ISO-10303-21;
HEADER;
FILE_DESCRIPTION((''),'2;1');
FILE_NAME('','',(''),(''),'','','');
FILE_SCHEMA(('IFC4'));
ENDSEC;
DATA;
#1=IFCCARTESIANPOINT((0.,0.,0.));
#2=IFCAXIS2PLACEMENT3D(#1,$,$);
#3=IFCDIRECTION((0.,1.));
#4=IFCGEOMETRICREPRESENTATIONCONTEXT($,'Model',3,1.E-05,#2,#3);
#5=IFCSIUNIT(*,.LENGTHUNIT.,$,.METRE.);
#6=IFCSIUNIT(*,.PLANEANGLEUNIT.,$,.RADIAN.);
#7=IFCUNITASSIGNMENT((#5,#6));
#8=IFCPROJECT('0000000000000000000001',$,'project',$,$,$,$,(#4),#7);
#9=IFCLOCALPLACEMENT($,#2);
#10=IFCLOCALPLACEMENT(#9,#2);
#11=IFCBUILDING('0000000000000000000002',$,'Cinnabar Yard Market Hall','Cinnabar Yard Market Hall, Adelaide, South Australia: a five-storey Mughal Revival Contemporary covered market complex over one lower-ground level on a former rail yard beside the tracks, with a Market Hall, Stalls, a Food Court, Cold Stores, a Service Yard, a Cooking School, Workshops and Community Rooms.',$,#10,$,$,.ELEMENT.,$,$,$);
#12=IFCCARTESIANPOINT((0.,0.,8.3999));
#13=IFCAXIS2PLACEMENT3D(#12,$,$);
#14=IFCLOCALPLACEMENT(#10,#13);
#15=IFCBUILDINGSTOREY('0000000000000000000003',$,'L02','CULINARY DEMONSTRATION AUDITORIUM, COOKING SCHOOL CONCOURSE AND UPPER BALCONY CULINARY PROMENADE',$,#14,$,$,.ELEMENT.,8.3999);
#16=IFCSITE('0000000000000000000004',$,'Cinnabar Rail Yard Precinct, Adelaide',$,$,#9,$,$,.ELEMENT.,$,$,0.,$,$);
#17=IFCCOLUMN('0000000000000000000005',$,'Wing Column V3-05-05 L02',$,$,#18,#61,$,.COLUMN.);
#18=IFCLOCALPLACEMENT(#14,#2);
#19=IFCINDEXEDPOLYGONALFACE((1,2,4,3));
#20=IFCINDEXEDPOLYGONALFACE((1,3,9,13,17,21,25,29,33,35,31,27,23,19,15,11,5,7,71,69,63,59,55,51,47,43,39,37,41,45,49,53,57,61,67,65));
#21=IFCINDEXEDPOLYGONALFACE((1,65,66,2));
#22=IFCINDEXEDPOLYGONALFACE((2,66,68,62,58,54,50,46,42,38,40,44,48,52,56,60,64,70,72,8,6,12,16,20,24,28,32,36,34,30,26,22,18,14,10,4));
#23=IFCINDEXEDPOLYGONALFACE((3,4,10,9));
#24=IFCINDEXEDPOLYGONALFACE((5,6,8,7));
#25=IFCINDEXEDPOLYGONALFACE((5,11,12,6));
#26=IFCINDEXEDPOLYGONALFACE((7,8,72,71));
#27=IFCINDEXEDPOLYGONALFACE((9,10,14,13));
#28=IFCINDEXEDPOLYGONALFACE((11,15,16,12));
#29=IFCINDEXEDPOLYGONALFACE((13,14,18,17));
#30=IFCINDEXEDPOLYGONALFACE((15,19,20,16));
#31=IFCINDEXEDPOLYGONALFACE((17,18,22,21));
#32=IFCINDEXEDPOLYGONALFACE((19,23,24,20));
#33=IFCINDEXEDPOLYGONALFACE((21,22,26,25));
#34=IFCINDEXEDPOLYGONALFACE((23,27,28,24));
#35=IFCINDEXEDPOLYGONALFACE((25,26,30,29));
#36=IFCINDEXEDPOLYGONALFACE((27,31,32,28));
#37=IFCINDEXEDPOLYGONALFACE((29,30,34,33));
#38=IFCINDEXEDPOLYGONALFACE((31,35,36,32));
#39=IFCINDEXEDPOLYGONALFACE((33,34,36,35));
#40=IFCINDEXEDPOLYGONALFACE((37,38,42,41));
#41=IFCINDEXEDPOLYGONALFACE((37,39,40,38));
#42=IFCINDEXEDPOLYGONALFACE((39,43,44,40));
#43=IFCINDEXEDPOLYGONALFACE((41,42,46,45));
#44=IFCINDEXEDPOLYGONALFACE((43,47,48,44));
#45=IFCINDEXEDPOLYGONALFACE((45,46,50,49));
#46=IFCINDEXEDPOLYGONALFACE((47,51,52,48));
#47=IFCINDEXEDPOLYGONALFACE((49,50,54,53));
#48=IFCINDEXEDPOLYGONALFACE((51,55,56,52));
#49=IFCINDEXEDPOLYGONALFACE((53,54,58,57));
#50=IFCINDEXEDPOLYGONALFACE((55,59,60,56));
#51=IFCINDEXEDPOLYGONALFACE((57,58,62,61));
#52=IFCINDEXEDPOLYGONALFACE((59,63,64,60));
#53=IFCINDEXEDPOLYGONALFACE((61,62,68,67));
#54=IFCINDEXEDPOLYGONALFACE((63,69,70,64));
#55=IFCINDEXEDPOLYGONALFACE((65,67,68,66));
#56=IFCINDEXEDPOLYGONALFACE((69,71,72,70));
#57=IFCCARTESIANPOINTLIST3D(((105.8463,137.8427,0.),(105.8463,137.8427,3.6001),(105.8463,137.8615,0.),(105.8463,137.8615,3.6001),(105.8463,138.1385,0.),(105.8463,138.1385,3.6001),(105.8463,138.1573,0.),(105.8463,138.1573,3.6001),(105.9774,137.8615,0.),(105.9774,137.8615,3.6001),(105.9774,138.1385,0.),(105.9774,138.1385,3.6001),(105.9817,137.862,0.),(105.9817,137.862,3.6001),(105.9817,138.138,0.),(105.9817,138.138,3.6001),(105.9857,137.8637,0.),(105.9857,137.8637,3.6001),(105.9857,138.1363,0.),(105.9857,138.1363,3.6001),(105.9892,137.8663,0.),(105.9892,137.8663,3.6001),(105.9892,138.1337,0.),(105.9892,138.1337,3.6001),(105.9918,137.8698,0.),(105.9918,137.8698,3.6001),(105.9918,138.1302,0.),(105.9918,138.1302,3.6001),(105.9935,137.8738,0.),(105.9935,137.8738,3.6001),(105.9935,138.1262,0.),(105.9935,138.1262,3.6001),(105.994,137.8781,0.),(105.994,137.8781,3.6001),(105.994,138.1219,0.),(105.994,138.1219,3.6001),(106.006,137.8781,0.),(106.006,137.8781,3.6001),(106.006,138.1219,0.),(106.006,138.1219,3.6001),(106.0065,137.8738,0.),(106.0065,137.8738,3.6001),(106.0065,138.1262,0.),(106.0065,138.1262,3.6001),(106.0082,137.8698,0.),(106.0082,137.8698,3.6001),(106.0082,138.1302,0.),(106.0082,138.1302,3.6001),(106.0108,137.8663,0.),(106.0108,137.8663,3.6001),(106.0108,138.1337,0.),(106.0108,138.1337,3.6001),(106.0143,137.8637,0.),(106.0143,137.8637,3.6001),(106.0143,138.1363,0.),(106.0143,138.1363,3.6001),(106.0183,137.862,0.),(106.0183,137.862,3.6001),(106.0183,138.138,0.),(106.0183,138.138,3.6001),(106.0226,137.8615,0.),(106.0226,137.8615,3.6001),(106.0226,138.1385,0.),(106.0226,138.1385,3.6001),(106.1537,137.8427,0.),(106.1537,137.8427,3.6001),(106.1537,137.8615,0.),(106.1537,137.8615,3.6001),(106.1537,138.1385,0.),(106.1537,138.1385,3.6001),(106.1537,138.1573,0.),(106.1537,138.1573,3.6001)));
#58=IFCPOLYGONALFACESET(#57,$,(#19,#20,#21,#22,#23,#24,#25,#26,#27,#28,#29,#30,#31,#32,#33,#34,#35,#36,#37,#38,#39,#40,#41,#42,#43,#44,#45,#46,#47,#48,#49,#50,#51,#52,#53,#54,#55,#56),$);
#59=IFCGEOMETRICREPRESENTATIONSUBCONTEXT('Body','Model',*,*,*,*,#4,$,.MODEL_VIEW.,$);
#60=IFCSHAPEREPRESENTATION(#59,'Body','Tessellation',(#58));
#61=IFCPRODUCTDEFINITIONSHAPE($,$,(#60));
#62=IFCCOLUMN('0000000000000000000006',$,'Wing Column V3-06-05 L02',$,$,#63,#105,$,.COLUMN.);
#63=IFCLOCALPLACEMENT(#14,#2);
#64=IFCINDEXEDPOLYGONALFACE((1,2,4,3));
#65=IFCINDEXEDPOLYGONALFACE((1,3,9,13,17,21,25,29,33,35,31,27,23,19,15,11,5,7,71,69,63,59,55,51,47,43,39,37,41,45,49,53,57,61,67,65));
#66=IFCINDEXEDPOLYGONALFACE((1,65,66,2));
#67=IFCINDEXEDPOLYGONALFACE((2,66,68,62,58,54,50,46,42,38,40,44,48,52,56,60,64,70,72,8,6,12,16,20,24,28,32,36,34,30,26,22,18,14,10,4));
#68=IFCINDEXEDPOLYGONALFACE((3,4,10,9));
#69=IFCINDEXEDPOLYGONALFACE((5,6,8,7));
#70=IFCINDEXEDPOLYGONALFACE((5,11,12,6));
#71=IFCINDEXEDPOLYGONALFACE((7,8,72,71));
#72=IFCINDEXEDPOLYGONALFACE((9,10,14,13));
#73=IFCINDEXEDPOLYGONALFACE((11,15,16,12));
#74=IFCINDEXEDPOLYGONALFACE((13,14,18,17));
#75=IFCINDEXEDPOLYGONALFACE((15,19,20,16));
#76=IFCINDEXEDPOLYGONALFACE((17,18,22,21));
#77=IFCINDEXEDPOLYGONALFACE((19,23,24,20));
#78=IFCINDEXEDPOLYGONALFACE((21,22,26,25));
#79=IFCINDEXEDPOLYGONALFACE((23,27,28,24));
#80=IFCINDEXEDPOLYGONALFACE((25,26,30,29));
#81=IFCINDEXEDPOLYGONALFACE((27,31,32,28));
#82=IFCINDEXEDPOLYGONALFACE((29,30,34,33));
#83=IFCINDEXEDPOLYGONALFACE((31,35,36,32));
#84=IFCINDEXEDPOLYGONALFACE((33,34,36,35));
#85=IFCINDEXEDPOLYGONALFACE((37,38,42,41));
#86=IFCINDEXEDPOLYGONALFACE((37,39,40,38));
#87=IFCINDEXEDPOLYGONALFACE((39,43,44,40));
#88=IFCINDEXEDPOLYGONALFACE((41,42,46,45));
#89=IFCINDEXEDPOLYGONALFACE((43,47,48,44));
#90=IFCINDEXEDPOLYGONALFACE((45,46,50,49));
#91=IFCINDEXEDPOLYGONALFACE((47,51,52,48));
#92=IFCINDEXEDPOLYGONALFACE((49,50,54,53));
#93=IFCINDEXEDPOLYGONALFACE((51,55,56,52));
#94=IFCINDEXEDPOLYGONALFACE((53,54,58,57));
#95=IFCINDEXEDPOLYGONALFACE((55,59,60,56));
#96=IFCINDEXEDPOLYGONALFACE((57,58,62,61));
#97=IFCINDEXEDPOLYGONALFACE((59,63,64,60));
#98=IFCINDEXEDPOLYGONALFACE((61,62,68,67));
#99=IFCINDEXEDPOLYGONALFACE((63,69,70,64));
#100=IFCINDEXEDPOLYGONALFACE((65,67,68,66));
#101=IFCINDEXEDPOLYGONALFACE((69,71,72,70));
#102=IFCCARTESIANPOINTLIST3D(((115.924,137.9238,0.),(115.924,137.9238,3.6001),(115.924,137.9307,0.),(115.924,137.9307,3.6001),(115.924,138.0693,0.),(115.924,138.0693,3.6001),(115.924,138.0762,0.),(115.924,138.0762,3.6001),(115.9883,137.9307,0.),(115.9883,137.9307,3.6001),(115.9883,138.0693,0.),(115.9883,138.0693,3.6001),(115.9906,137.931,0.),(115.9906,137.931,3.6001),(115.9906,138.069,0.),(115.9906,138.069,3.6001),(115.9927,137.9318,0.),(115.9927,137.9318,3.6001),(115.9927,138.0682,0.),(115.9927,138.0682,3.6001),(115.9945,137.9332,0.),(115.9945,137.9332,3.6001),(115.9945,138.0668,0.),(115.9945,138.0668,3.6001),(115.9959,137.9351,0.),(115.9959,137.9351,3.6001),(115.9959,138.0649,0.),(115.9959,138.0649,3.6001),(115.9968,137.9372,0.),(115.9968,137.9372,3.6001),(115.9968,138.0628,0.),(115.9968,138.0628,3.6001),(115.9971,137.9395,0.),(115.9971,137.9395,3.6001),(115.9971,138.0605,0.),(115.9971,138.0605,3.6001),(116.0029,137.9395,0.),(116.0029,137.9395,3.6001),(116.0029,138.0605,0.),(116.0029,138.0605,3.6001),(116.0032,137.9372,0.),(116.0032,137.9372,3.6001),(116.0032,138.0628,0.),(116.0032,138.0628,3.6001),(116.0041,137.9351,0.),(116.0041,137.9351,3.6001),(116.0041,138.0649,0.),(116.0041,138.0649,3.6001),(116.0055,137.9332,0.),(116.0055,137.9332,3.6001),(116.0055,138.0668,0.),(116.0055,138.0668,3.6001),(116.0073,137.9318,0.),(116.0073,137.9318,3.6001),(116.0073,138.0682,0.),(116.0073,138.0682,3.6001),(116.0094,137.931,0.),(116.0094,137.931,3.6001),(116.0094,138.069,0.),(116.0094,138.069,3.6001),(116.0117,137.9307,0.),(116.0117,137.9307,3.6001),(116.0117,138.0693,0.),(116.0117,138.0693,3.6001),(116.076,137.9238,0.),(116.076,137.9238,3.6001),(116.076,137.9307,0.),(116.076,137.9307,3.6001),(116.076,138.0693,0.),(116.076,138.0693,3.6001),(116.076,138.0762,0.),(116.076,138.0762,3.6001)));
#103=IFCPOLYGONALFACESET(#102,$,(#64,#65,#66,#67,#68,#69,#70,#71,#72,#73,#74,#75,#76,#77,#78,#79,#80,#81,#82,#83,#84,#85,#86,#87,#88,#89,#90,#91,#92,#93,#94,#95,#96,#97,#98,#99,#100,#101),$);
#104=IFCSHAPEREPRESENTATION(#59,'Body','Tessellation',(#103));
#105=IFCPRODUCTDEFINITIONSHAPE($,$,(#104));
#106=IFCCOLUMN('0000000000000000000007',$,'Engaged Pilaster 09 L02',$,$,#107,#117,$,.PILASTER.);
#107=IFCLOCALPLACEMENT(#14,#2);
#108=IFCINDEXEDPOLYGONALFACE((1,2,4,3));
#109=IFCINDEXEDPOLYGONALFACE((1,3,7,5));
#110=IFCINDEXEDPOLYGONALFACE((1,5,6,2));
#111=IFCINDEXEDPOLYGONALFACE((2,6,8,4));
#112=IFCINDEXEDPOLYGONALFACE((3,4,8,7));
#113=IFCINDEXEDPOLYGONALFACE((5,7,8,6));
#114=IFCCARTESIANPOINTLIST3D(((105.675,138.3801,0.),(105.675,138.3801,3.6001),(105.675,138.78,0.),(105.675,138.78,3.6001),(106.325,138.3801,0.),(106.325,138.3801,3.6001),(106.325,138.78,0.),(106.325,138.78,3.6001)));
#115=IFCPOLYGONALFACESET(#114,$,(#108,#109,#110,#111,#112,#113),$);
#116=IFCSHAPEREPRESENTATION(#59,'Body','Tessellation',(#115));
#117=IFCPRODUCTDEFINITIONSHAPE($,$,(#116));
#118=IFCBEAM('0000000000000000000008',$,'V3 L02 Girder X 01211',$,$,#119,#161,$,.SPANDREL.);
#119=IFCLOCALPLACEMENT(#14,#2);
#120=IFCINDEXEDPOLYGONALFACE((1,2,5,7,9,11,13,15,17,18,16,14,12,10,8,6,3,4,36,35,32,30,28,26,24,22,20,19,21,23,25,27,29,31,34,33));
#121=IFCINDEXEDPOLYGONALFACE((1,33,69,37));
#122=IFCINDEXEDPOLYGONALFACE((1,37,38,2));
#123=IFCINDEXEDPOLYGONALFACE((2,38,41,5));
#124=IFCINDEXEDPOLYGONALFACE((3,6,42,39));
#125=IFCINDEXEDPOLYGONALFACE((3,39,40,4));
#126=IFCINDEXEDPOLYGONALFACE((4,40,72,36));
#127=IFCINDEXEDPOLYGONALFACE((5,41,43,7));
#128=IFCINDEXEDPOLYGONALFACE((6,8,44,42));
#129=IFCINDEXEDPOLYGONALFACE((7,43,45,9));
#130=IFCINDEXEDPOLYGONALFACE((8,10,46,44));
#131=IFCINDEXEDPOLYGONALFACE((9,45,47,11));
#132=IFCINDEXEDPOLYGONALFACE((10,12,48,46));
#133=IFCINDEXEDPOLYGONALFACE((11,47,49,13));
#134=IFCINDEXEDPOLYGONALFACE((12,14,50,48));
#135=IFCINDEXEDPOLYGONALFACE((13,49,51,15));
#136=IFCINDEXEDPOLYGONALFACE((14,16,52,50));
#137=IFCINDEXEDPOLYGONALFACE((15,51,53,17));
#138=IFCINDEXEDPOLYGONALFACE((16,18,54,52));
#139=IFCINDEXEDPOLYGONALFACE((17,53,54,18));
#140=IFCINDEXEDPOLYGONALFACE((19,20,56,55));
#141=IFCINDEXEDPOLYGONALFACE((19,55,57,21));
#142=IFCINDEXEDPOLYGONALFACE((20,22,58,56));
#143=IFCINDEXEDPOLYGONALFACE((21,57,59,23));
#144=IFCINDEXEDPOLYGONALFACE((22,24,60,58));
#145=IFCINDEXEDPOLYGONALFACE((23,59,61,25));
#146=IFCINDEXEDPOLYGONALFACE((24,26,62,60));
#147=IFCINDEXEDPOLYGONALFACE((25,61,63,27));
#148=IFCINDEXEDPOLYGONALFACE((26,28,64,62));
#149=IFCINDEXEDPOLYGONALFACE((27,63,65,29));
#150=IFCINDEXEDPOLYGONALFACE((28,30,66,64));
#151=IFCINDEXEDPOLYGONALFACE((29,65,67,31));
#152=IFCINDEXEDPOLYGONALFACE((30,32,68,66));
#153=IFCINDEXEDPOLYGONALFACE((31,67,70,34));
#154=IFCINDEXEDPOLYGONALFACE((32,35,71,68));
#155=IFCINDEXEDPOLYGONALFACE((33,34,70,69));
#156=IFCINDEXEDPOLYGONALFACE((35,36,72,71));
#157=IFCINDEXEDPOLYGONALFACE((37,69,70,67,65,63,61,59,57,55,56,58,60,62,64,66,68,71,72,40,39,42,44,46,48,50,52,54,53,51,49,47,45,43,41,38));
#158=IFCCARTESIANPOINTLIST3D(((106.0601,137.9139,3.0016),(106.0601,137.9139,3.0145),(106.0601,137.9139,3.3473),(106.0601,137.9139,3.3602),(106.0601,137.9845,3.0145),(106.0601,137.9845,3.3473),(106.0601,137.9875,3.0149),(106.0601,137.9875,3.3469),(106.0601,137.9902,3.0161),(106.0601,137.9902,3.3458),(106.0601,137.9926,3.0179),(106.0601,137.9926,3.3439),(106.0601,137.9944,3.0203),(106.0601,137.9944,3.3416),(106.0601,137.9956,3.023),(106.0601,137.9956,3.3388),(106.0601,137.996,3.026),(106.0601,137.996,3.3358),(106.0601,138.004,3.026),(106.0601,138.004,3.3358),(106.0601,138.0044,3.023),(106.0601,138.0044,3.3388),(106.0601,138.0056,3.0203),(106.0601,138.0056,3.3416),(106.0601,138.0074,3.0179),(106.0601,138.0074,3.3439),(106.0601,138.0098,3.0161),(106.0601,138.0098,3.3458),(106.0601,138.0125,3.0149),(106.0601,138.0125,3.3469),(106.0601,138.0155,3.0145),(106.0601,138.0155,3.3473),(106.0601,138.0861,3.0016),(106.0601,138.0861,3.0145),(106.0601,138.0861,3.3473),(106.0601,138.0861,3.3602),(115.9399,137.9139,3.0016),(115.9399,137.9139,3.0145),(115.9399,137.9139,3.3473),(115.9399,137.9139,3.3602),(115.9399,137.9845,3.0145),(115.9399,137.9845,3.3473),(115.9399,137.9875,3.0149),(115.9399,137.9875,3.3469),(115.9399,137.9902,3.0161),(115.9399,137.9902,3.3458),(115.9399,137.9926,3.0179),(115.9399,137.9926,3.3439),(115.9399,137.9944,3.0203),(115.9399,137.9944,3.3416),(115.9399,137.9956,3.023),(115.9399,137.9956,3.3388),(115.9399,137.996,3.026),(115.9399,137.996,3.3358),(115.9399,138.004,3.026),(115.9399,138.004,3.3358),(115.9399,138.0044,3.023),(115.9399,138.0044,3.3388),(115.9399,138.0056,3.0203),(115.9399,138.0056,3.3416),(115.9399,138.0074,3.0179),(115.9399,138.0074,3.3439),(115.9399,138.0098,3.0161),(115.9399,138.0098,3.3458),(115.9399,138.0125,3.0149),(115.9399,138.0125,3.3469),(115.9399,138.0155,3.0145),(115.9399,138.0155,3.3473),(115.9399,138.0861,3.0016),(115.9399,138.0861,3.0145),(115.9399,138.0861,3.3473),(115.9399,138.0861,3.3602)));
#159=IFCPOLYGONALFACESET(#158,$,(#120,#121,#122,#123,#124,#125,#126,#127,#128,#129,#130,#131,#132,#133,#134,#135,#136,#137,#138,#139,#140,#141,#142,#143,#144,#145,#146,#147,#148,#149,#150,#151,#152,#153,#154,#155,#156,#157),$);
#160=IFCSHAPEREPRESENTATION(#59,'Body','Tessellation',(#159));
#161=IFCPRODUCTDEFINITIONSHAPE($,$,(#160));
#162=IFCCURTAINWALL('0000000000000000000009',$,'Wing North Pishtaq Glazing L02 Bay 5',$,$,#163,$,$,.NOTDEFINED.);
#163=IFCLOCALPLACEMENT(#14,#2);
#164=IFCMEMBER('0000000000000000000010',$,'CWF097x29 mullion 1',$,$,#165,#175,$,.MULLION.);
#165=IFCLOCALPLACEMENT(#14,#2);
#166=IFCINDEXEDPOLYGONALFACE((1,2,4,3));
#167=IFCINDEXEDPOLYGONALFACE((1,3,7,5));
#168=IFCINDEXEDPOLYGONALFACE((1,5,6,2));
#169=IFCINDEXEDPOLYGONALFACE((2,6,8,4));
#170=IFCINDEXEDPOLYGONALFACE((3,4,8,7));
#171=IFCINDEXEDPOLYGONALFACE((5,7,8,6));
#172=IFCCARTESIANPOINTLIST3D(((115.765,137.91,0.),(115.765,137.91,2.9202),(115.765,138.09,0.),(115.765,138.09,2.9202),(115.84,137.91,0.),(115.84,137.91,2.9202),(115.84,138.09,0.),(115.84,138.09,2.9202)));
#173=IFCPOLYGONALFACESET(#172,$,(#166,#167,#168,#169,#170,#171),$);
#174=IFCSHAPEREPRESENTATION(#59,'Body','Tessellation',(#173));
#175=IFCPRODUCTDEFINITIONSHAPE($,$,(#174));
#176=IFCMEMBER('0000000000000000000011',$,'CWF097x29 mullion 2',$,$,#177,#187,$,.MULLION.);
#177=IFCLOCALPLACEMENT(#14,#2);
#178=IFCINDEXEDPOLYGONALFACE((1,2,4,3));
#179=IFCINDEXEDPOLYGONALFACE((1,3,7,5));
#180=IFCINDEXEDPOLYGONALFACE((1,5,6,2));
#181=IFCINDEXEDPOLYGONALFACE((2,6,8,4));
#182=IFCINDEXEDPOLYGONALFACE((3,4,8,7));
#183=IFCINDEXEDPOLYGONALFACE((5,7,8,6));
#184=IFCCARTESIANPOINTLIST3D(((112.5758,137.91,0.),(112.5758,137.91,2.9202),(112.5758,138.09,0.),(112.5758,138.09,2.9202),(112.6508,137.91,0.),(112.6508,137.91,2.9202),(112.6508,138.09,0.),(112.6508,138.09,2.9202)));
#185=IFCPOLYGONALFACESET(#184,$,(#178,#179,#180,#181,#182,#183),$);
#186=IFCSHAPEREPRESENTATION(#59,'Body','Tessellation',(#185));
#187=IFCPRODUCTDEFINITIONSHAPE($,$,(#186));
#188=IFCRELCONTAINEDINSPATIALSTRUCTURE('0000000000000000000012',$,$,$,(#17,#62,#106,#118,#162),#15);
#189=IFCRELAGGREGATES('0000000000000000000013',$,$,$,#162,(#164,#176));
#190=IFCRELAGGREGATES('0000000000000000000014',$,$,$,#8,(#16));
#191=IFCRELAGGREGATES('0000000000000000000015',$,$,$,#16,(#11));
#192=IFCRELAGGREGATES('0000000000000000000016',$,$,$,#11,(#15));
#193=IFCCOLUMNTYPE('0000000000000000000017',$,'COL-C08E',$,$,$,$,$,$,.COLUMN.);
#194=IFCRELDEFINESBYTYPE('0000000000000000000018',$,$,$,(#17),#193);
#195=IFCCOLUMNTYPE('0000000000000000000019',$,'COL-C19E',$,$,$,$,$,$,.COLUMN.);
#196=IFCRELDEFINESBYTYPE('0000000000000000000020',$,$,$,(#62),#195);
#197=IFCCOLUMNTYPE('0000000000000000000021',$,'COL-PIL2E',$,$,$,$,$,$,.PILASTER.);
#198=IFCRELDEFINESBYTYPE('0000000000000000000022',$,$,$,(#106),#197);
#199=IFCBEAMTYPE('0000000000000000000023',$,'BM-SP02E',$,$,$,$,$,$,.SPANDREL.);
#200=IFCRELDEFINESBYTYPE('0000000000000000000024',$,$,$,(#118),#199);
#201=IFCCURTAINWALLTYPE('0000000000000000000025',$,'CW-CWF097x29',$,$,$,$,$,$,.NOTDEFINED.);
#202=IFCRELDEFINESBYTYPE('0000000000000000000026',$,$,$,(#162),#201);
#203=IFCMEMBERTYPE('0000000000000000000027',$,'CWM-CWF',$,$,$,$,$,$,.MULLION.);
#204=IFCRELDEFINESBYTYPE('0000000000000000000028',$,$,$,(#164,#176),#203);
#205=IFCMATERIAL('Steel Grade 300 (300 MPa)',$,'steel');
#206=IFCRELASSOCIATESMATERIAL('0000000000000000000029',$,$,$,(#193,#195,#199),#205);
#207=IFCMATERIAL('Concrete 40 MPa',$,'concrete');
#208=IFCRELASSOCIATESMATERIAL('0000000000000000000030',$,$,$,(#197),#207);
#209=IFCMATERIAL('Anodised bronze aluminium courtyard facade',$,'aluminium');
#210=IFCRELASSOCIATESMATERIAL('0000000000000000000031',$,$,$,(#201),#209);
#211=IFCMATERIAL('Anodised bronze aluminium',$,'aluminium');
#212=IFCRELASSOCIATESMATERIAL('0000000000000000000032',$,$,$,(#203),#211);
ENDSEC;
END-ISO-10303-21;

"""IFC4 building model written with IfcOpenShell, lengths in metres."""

from ifc_helpers import new_model, si_unit, direction, frame, origin, origin_2d_with_axis, place, context, subcontext, project, spatial, rectangle, i_section, extrude, material, material_profile, profile_set, type_object, element, aggregate, save


model = new_model("IFC4")

# Units and contexts
model_context = context("Model", 3, precision=1e-05, world=origin(), true_north=direction((0.0, 1.0)))
body_context = subcontext(model_context, "Body", "Model", "MODEL_VIEW")
ifc_project = project(units=[si_unit("LENGTHUNIT", "METRE"), si_unit("PLANEANGLEUNIT", "RADIAN")], contexts=[model_context])

# Site, building, storey
site_placement = place(None, origin())
site = spatial("IfcSite", under=ifc_project, at=site_placement, Name="Cinnabar Rail Yard Precinct, Adelaide", CompositionType="ELEMENT", RefElevation=0.0)
building_placement = place(site_placement, origin())
building = spatial("IfcBuilding", under=site, at=building_placement, Name="Cinnabar Yard Market Hall", Description="Cinnabar Yard Market Hall, Adelaide, South Australia: a five-storey Mughal Revival Contemporary covered market complex over one lower-ground level on a former rail yard beside the tracks, with a Market Hall, Stalls, a Food Court, Cold Stores, a Service Yard, a Cooking School, Workshops and Community Rooms.", CompositionType="ELEMENT")
storey_placement = place(building_placement, frame((0.0, 0.0, 8.3999)))
storey = spatial("IfcBuildingStorey", under=building, at=storey_placement, Name="L02", Description="CULINARY DEMONSTRATION AUDITORIUM, COOKING SCHOOL CONCOURSE AND UPPER BALCONY CULINARY PROMENADE", CompositionType="ELEMENT", Elevation=8.3999)

# Columns
ifc_material_1 = material(Name="Steel Grade 300 (300 MPa)", Category="steel")
ifc_material_profile_1 = material_profile(ifc_material_1, i_section(OverallWidth=0.3074, OverallDepth=0.3147, WebThickness=0.012, FlangeThickness=0.0188, FilletRadius=0.0166, at=origin_2d_with_axis()), Name="310UC118")
ifc_profile_set_1 = profile_set([ifc_material_profile_1], Name="Steel Grade 300 (300 MPa)")
column_type_1 = type_object("IfcColumnType", Name="COL-C08E", PredefinedType="COLUMN", material=ifc_profile_set_1)
column_1_placement = place(storey_placement, frame((106.0, 138.0, 0.0), z_axis=(0.0, 0.0, 1.0), x_axis=(1.0, 0.0, 0.0)))
element("IfcColumn", 1, at=column_1_placement, inside=storey, type_object=column_type_1, Name="Wing Column V3-05-05 L02", PredefinedType="COLUMN", context=body_context, shape_type="SweptSolid", body=[
    extrude(i_section(OverallWidth=0.3074, OverallDepth=0.3147, WebThickness=0.012, FlangeThickness=0.0188, FilletRadius=0.0166, at=origin_2d_with_axis()), origin(), (0.0, 0.0, 1.0), 3.6001),
])
ifc_material_profile_2 = material_profile(ifc_material_1, i_section(OverallWidth=0.1521, OverallDepth=0.1523, WebThickness=0.0059, FlangeThickness=0.0068, FilletRadius=0.0088, at=origin_2d_with_axis()), Name="150UC23.4")
ifc_profile_set_2 = profile_set([ifc_material_profile_2], Name="Steel Grade 300 (300 MPa)")
column_type_2 = type_object("IfcColumnType", Name="COL-C19E", PredefinedType="COLUMN", material=ifc_profile_set_2)
column_2_placement = place(storey_placement, frame((116.0, 138.0, 0.0), z_axis=(0.0, 0.0, 1.0), x_axis=(1.0, 0.0, 0.0)))
element("IfcColumn", 2, at=column_2_placement, inside=storey, type_object=column_type_2, Name="Wing Column V3-06-05 L02", PredefinedType="COLUMN", context=body_context, shape_type="SweptSolid", body=[
    extrude(i_section(OverallWidth=0.1521, OverallDepth=0.1523, WebThickness=0.0059, FlangeThickness=0.0068, FilletRadius=0.0088, at=origin_2d_with_axis()), origin(), (0.0, 0.0, 1.0), 3.6001),
])
ifc_material_2 = material(Name="Concrete 40 MPa", Category="concrete")
ifc_material_profile_3 = material_profile(ifc_material_2, rectangle(XDim=0.6499, YDim=0.3999, at=origin_2d_with_axis()), Name="RC-650x400")
ifc_profile_set_3 = profile_set([ifc_material_profile_3], Name="Concrete 40 MPa")
column_type_3 = type_object("IfcColumnType", Name="COL-PIL2E", PredefinedType="PILASTER", material=ifc_profile_set_3)
column_3_placement = place(storey_placement, frame((106.0, 138.5801, 0.0), z_axis=(0.0, 0.0, 1.0), x_axis=(1.0, 0.0, 0.0)))
element("IfcColumn", 3, at=column_3_placement, inside=storey, type_object=column_type_3, Name="Engaged Pilaster 09 L02", PredefinedType="PILASTER", context=body_context, shape_type="SweptSolid", body=[
    extrude(rectangle(XDim=0.6499, YDim=0.3999, at=origin_2d_with_axis()), origin(), (0.0, 0.0, 1.0), 3.6001),
])

# Beam
ifc_material_profile_4 = material_profile(ifc_material_1, i_section(OverallWidth=0.1721, OverallDepth=0.3586, WebThickness=0.0081, FlangeThickness=0.0129, FilletRadius=0.0115, at=origin_2d_with_axis()), Name="360UB56.7")
ifc_profile_set_4 = profile_set([ifc_material_profile_4], Name="Steel Grade 300 (300 MPa)")
beam_type = type_object("IfcBeamType", Name="BM-SP02E", PredefinedType="SPANDREL", material=ifc_profile_set_4)
beam_placement = place(storey_placement, frame((106.0601, 138.0, 3.1809), z_axis=(1.0, 0.0, 0.0), x_axis=(0.0, 1.0, 0.0)))
element("IfcBeam", 4, at=beam_placement, inside=storey, type_object=beam_type, Name="V3 L02 Girder X 01211", PredefinedType="SPANDREL", context=body_context, shape_type="SweptSolid", body=[
    extrude(i_section(OverallWidth=0.1721, OverallDepth=0.3586, WebThickness=0.0081, FlangeThickness=0.0129, FilletRadius=0.0115, at=origin_2d_with_axis()), origin(), (0.0, 0.0, 1.0), 9.8799),
])

# Curtain wall, members
ifc_material_3 = material(Name="Anodised bronze aluminium courtyard facade", Category="aluminium")
curtain_wall_type = type_object("IfcCurtainWallType", Name="CW-CWF097x29", PredefinedType="NOTDEFINED", material=ifc_material_3)
curtain_wall_placement = place(storey_placement, origin())
curtain_wall = element("IfcCurtainWall", 5, at=curtain_wall_placement, inside=storey, type_object=curtain_wall_type, Name="Wing North Pishtaq Glazing L02 Bay 5", PredefinedType="NOTDEFINED")
ifc_material_4 = material(Name="Anodised bronze aluminium", Category="aluminium")
ifc_material_profile_5 = material_profile(ifc_material_4, rectangle(XDim=0.1799, YDim=0.075, at=origin_2d_with_axis()), Name="MUL-CWF")
ifc_profile_set_5 = profile_set([ifc_material_profile_5], Name="Anodised bronze aluminium")
member_type_1 = type_object("IfcMemberType", Name="CWM-CWF", PredefinedType="MULLION", material=ifc_profile_set_5)
member_1_placement = place(storey_placement, frame((115.8025, 138.0, 0.0), z_axis=(0.0, 0.0, 1.0), x_axis=(0.0, -1.0, 0.0)))
member_1 = element("IfcMember", 6, at=member_1_placement, type_object=member_type_1, Name="CWF097x29 mullion 1", PredefinedType="MULLION", context=body_context, shape_type="SweptSolid", body=[
    extrude(rectangle(XDim=0.1799, YDim=0.075, at=origin_2d_with_axis()), origin(), (0.0, 0.0, 1.0), 2.9202),
])
member_2_placement = place(storey_placement, frame((112.6133, 138.0, 0.0), z_axis=(0.0, 0.0, 1.0), x_axis=(0.0, -1.0, 0.0)))
member_2 = element("IfcMember", 7, at=member_2_placement, type_object=member_type_1, Name="CWF097x29 mullion 2", PredefinedType="MULLION", context=body_context, shape_type="SweptSolid", body=[
    extrude(rectangle(XDim=0.1799, YDim=0.075, at=origin_2d_with_axis()), origin(), (0.0, 0.0, 1.0), 2.9202),
])
aggregate(curtain_wall, [member_1, member_2])

save(model, "model.ifc")
